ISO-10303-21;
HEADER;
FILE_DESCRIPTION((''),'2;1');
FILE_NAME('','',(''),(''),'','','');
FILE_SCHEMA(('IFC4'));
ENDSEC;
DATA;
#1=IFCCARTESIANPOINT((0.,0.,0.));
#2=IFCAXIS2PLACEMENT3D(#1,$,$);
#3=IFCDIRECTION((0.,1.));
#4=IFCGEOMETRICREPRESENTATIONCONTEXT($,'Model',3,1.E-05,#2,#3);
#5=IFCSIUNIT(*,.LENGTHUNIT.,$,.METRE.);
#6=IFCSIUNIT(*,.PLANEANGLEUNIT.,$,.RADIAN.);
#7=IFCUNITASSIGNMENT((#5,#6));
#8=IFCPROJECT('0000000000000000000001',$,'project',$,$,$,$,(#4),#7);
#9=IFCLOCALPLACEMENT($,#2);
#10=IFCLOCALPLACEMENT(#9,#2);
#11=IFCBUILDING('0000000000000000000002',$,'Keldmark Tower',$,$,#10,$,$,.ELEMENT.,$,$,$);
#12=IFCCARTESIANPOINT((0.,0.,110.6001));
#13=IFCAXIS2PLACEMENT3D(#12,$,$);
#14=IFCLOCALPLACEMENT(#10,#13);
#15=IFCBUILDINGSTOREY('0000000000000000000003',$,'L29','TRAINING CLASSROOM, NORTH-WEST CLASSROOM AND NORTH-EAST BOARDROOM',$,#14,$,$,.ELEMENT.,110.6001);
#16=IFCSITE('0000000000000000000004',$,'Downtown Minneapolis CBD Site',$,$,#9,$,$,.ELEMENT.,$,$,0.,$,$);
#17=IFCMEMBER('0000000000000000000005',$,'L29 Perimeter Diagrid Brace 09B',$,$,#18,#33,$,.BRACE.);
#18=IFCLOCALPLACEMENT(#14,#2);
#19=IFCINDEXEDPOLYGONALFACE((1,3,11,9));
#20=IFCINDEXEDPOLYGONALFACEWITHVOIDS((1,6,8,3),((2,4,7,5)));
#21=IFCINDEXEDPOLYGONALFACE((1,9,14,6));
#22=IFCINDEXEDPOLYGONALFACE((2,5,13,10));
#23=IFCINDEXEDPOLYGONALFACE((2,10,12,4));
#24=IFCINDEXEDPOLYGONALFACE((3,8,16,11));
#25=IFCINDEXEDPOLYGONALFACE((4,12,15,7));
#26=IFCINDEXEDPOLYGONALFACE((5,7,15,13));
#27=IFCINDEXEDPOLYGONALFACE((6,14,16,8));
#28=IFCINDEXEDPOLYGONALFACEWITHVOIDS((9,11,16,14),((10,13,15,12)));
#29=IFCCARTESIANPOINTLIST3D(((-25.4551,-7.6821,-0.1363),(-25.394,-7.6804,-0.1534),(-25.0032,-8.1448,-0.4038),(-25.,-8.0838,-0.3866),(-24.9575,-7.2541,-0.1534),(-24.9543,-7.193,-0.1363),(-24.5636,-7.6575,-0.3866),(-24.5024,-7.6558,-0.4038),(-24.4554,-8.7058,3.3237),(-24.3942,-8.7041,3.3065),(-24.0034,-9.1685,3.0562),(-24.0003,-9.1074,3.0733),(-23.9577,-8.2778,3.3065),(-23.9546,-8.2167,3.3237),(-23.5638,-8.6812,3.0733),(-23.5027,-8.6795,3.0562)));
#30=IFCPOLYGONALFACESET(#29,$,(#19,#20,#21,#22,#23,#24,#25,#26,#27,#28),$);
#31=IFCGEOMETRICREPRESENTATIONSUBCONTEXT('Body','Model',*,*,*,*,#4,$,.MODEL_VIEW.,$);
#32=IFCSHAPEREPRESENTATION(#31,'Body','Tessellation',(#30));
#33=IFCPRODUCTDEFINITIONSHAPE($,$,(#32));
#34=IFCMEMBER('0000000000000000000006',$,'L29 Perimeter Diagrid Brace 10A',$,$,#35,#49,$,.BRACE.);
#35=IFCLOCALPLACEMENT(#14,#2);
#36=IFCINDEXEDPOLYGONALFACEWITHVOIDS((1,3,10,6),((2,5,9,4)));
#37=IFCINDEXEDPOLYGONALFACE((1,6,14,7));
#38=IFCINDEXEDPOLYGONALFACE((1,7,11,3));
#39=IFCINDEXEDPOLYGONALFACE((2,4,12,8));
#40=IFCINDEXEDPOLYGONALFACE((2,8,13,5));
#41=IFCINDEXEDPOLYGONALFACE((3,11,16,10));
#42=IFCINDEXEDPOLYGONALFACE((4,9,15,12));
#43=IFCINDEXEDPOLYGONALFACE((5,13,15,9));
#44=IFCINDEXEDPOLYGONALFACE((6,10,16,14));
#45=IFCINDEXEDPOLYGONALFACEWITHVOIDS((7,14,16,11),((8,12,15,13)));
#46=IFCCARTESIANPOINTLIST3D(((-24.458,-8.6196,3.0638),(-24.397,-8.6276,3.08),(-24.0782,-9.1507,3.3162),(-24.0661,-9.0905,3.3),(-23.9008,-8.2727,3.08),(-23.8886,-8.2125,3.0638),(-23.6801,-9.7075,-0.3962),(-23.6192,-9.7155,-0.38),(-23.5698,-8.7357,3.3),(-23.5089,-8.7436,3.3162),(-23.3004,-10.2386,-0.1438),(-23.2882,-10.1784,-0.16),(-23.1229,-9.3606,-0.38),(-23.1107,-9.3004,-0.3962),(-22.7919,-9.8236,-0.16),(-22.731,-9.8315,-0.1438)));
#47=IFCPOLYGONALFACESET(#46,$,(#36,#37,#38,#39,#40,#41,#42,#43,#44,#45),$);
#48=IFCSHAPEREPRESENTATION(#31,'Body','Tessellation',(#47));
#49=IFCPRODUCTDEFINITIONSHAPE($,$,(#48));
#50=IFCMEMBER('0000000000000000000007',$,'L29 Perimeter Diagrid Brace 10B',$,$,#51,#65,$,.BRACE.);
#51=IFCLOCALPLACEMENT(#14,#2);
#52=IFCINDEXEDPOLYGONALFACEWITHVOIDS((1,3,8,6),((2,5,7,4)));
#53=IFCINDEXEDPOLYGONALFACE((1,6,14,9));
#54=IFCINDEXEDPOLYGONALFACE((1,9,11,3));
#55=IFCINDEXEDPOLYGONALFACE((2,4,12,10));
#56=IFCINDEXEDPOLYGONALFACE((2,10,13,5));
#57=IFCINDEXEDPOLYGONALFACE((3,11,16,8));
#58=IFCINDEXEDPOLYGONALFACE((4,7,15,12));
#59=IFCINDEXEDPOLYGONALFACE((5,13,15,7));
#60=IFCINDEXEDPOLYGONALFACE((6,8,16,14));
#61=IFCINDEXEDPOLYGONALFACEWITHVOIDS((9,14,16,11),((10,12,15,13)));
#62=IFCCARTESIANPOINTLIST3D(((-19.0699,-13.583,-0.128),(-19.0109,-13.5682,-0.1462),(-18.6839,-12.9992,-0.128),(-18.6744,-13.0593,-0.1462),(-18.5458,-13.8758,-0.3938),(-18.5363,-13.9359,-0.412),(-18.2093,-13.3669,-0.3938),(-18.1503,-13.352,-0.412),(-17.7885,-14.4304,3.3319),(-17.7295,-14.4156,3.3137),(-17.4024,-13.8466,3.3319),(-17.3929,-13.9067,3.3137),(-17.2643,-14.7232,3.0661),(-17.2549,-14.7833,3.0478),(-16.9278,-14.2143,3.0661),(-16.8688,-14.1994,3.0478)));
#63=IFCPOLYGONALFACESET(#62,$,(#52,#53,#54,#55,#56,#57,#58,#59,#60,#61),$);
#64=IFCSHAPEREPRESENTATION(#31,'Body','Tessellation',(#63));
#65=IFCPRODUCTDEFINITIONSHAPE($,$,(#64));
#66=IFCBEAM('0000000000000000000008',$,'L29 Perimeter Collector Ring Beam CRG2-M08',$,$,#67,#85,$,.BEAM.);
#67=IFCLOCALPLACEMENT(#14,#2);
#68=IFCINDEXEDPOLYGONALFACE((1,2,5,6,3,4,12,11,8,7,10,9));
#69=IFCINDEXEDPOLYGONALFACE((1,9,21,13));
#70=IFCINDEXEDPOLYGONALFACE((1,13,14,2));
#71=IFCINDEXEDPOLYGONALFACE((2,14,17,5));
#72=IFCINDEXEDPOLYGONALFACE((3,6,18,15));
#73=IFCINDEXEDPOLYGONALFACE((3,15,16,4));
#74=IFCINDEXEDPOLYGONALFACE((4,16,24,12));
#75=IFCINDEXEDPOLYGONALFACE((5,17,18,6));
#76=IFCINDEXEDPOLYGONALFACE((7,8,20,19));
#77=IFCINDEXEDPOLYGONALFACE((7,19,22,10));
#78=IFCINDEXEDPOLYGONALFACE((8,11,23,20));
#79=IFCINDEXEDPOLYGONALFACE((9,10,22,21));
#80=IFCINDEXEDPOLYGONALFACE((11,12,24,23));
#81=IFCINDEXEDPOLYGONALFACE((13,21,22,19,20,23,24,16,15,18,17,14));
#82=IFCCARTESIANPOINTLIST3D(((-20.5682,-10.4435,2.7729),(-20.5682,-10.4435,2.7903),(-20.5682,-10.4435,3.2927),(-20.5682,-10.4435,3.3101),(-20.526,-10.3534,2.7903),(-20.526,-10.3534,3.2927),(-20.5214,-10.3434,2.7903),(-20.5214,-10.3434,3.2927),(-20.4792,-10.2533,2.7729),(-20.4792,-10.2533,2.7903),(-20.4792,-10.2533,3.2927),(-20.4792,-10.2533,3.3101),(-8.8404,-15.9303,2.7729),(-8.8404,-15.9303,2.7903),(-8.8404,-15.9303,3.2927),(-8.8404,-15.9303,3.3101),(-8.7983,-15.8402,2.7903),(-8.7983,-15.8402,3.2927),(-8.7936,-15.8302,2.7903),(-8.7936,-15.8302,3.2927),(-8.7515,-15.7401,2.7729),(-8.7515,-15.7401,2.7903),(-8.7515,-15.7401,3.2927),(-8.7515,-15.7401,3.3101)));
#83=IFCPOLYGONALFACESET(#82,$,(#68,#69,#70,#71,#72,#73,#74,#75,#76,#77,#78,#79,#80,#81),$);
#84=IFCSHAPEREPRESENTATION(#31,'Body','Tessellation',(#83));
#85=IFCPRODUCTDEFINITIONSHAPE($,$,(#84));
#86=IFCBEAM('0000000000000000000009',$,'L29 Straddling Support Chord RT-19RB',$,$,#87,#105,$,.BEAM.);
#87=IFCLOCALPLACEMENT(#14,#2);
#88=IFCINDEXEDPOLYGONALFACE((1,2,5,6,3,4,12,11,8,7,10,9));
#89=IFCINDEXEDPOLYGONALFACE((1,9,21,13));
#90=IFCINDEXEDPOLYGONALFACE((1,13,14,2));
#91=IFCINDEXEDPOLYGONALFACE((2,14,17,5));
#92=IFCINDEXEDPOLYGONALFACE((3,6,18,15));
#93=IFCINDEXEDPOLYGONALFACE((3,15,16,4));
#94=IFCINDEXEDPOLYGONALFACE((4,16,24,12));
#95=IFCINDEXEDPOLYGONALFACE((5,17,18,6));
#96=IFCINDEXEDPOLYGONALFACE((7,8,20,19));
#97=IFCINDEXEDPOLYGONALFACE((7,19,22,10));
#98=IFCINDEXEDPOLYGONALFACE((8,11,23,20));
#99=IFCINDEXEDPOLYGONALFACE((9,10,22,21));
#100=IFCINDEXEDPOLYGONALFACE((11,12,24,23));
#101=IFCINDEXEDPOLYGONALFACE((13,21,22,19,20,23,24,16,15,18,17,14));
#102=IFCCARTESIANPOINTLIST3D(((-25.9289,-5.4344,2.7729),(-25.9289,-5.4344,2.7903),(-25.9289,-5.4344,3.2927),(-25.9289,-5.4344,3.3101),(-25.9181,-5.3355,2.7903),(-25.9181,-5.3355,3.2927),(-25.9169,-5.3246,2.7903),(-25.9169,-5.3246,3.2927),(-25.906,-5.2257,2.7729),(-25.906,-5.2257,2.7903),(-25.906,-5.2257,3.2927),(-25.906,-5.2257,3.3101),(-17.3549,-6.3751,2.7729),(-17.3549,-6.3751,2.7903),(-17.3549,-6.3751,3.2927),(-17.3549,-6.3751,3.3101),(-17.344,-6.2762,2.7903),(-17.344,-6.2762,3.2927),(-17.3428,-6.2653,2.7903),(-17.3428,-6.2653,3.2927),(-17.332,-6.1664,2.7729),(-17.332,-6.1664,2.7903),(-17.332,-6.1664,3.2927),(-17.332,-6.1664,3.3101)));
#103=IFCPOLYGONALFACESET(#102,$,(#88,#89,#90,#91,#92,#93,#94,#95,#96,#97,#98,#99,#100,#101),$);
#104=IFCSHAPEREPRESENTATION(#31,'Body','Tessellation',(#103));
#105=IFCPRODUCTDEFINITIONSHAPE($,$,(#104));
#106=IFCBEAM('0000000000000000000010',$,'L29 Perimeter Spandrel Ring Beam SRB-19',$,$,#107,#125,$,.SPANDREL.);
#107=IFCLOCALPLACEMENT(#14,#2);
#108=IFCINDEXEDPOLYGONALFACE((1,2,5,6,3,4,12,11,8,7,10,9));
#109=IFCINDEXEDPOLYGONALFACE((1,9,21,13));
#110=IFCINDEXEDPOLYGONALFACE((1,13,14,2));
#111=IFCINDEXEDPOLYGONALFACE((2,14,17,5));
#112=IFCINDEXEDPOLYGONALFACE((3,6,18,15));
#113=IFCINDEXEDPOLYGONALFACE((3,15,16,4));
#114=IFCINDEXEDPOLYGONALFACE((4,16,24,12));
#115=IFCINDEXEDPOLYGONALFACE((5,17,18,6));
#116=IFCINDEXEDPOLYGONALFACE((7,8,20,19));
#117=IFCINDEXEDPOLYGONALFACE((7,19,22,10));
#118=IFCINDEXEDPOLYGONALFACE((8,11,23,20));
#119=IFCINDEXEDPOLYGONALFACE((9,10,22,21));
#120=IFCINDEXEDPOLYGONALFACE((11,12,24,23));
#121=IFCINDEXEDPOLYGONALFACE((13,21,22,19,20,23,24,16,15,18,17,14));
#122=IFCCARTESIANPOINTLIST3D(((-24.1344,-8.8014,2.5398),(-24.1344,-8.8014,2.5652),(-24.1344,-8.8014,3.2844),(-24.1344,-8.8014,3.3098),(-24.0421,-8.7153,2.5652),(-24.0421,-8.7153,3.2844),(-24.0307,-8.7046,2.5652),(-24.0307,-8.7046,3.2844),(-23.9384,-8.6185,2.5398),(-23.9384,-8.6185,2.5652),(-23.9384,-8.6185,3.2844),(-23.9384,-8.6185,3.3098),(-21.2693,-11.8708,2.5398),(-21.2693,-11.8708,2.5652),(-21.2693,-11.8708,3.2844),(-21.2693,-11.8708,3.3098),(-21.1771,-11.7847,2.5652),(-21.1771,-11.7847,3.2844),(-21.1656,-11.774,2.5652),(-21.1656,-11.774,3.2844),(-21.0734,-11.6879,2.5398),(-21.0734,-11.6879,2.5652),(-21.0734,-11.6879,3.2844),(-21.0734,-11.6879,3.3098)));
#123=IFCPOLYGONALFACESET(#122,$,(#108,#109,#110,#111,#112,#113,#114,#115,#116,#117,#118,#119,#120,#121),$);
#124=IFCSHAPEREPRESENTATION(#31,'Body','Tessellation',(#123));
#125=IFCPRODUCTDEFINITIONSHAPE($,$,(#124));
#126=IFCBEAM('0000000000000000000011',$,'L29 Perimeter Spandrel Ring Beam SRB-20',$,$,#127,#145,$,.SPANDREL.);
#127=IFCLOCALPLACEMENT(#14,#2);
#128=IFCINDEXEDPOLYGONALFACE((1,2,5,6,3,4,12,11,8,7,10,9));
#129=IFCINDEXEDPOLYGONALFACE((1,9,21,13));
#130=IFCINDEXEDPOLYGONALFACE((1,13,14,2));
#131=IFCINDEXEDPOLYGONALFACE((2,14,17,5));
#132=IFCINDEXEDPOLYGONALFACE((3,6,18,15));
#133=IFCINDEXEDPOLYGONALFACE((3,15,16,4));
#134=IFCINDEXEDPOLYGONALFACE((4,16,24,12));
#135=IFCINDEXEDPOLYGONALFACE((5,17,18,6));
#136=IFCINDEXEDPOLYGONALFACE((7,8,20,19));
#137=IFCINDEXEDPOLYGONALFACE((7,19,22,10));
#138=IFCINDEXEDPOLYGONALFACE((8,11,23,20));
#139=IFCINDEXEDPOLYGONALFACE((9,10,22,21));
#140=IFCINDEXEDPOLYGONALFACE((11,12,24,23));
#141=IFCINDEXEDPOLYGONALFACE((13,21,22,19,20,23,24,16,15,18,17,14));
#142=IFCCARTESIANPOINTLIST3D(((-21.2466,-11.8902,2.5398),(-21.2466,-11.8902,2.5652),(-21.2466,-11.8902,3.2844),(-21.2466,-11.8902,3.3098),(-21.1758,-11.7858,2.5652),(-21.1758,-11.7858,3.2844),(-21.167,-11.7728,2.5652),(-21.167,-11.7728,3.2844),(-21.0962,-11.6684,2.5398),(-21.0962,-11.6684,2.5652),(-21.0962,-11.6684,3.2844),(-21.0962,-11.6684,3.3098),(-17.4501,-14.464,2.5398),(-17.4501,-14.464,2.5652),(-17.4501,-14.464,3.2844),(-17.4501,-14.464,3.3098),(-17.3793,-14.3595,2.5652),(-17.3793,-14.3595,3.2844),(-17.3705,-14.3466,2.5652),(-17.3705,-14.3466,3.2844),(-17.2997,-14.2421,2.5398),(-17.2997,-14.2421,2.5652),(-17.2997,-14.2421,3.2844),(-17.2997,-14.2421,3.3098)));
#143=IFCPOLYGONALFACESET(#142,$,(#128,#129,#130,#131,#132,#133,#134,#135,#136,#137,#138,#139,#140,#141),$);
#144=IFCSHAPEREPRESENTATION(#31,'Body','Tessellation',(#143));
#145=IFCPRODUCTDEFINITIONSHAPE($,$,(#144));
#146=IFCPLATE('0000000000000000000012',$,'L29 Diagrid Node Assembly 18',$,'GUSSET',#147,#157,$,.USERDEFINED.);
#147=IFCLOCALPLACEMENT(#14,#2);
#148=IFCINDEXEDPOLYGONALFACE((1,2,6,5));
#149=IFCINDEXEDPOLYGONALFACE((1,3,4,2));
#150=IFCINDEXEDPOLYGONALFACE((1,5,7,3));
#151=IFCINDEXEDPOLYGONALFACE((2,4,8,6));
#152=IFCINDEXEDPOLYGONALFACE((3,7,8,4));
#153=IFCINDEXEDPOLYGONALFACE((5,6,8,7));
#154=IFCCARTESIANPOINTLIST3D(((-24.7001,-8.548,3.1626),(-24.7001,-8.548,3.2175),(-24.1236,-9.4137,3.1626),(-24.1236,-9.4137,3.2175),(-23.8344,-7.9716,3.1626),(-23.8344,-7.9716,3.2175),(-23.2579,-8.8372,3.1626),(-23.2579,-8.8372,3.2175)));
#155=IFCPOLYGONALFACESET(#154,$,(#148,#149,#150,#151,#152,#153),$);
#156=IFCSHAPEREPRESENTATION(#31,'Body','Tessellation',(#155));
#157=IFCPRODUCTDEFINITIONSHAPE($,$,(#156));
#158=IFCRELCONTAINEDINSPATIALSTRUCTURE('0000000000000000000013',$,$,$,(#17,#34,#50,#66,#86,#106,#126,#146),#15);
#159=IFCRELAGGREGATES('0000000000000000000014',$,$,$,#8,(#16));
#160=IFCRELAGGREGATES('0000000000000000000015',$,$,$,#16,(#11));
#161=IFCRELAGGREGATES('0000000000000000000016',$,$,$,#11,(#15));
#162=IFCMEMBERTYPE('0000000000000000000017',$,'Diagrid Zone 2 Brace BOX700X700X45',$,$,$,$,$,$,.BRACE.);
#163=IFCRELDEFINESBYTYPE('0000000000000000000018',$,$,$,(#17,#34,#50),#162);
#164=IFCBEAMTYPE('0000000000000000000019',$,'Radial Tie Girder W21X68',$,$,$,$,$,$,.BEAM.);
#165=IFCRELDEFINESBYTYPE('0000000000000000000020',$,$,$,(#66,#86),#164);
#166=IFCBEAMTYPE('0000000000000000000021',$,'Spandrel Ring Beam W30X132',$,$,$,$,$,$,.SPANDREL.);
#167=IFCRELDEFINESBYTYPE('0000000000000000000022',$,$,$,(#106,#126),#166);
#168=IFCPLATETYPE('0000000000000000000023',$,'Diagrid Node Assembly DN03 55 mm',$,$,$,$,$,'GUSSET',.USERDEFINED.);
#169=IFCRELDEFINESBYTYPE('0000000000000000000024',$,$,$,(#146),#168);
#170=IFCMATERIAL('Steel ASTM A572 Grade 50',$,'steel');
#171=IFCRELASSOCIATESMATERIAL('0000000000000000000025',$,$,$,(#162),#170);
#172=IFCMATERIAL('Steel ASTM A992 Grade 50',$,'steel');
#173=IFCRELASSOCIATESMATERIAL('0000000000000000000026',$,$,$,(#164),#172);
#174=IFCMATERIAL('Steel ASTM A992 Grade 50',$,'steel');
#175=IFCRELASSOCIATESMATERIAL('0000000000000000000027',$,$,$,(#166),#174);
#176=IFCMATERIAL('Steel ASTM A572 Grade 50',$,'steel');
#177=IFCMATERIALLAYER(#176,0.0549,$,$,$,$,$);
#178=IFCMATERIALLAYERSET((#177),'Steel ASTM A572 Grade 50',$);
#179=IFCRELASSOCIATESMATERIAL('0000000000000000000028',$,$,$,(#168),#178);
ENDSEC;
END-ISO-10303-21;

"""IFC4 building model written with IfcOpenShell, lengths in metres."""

from ifc_helpers import new_model, si_unit, direction, frame, origin, origin_2d, place, context, subcontext, project, spatial, rectangle, hollow_rectangle, i_section, extrude, material, layer, layer_set, material_profile, profile_set, type_object, element, save


model = new_model("IFC4")

# Units and contexts
model_context = context("Model", 3, precision=1e-05, world=origin(), true_north=direction((0.0, 1.0)))
body_context = subcontext(model_context, "Body", "Model", "MODEL_VIEW")
ifc_project = project(units=[si_unit("LENGTHUNIT", "METRE"), si_unit("PLANEANGLEUNIT", "RADIAN")], contexts=[model_context])

# Site, building, storey
site_placement = place(None, origin())
site = spatial("IfcSite", under=ifc_project, at=site_placement, Name="Downtown Minneapolis CBD Site", CompositionType="ELEMENT", RefElevation=0.0)
building_placement = place(site_placement, origin())
building = spatial("IfcBuilding", under=site, at=building_placement, Name="Keldmark Tower", CompositionType="ELEMENT")
storey_placement = place(building_placement, frame((0.0, 0.0, 110.6001)))
storey = spatial("IfcBuildingStorey", under=building, at=storey_placement, Name="L29", Description="TRAINING CLASSROOM, NORTH-WEST CLASSROOM AND NORTH-EAST BOARDROOM", CompositionType="ELEMENT", Elevation=110.6001)

# Members
ifc_material_1 = material(Name="Steel ASTM A572 Grade 50", Category="steel")
ifc_material_profile_1 = material_profile(ifc_material_1, hollow_rectangle(XDim=0.7, YDim=0.7, WallThickness=0.0449, at=origin_2d()), Name="BOX700X700X45")
ifc_profile_set_1 = profile_set([ifc_material_profile_1], Name="Steel ASTM A572 Grade 50")
member_type = type_object("IfcMemberType", Name="Diagrid Zone 2 Brace BOX700X700X45", PredefinedType="BRACE", material=ifc_profile_set_1)
member_1_placement = place(storey_placement, frame((-24.9788, -7.6689, -0.27), z_axis=(0.267017, -0.273407, 0.924094), x_axis=(0.715418, 0.698697, 0.0)))
element("IfcMember", 1, at=member_1_placement, inside=storey, type_object=member_type, Name="L29 Perimeter Diagrid Brace 09B", PredefinedType="BRACE", context=body_context, shape_type="SweptSolid", body=[
    extrude(hollow_rectangle(XDim=0.7, YDim=0.7, WallThickness=0.0449, at=origin_2d()), origin(), (0.0, 0.0, 1.0), 3.7441),
])
member_2_placement = place(storey_placement, frame((-23.2056, -9.7695, -0.27), z_axis=(-0.209691, 0.293277, 0.932748), x_axis=(-0.813462, -0.581618, 0.0)))
element("IfcMember", 2, at=member_2_placement, inside=storey, type_object=member_type, Name="L29 Perimeter Diagrid Brace 10A", PredefinedType="BRACE", context=body_context, shape_type="SweptSolid", body=[
    extrude(hollow_rectangle(XDim=0.7, YDim=0.7, WallThickness=0.0449, at=origin_2d()), origin(), (0.0, 0.0, 1.0), 3.7095),
])
member_3_placement = place(storey_placement, frame((-18.6101, -13.4675, -0.27), z_axis=(0.338508, -0.223844, 0.913951), x_axis=(0.551579, 0.834123, 0.0)))
element("IfcMember", 3, at=member_3_placement, inside=storey, type_object=member_type, Name="L29 Perimeter Diagrid Brace 10B", PredefinedType="BRACE", context=body_context, shape_type="SweptSolid", body=[
    extrude(hollow_rectangle(XDim=0.7, YDim=0.7, WallThickness=0.0449, at=origin_2d()), origin(), (0.0, 0.0, 1.0), 3.7856),
])

# Beams
ifc_material_2 = material(Name="Steel ASTM A992 Grade 50", Category="steel")
ifc_material_profile_2 = material_profile(ifc_material_2, i_section(OverallWidth=0.21, OverallDepth=0.5371, WebThickness=0.011, FlangeThickness=0.0173, at=origin_2d()), Name="W21X68")
ifc_profile_set_2 = profile_set([ifc_material_profile_2], Name="Steel ASTM A992 Grade 50")
beam_type_1 = type_object("IfcBeamType", Name="Radial Tie Girder W21X68", PredefinedType="BEAM", material=ifc_profile_set_2)
beam_1_placement = place(storey_placement, frame((-20.5237, -10.3484, 3.0415), z_axis=(0.905773, -0.423764, 0.0), x_axis=(0.423764, 0.905773, 0.0)))
element("IfcBeam", 4, at=beam_1_placement, inside=storey, type_object=beam_type_1, Name="L29 Perimeter Collector Ring Beam CRG2-M08", PredefinedType="BEAM", context=body_context, shape_type="SweptSolid", body=[
    extrude(i_section(OverallWidth=0.21, OverallDepth=0.5371, WebThickness=0.011, FlangeThickness=0.0173, at=origin_2d()), origin(), (0.0, 0.0, 1.0), 12.9478),
])
beam_2_placement = place(storey_placement, frame((-25.9175, -5.3301, 3.0415), z_axis=(0.994035, -0.109058, 0.0), x_axis=(0.109058, 0.994035, 0.0)))
element("IfcBeam", 5, at=beam_2_placement, inside=storey, type_object=beam_type_1, Name="L29 Straddling Support Chord RT-19RB", PredefinedType="BEAM", context=body_context, shape_type="SweptSolid", body=[
    extrude(i_section(OverallWidth=0.21, OverallDepth=0.5371, WebThickness=0.011, FlangeThickness=0.0173, at=origin_2d()), origin(), (0.0, 0.0, 1.0), 8.6255),
])
ifc_material_3 = material(Name="Steel ASTM A992 Grade 50", Category="steel")
ifc_material_profile_3 = material_profile(ifc_material_3, i_section(OverallWidth=0.2681, OverallDepth=0.77, WebThickness=0.0156, FlangeThickness=0.0254, at=origin_2d()), Name="W30X132")
ifc_profile_set_3 = profile_set([ifc_material_profile_3], Name="Steel ASTM A992 Grade 50")
beam_type_2 = type_object("IfcBeamType", Name="Spandrel Ring Beam W30X132", PredefinedType="SPANDREL", material=ifc_profile_set_3)
beam_3_placement = place(storey_placement, frame((-24.0364, -8.71, 2.9248), z_axis=(0.682353, -0.731022, 0.0), x_axis=(0.731022, 0.682353, 0.0)))
element("IfcBeam", 6, at=beam_3_placement, inside=storey, type_object=beam_type_2, Name="L29 Perimeter Spandrel Ring Beam SRB-19", PredefinedType="SPANDREL", context=body_context, shape_type="SweptSolid", body=[
    extrude(i_section(OverallWidth=0.2681, OverallDepth=0.77, WebThickness=0.0156, FlangeThickness=0.0254, at=origin_2d()), origin(), (0.0, 0.0, 1.0), 4.1987),
])
beam_4_placement = place(storey_placement, frame((-21.1714, -11.7793, 2.9248), z_axis=(0.827718, -0.561145, 0.0), x_axis=(0.561145, 0.827718, 0.0)))
element("IfcBeam", 7, at=beam_4_placement, inside=storey, type_object=beam_type_2, Name="L29 Perimeter Spandrel Ring Beam SRB-20", PredefinedType="SPANDREL", context=body_context, shape_type="SweptSolid", body=[
    extrude(i_section(OverallWidth=0.2681, OverallDepth=0.77, WebThickness=0.0156, FlangeThickness=0.0254, at=origin_2d()), origin(), (0.0, 0.0, 1.0), 4.5867),
])

# Plate
ifc_material_4 = material(Name="Steel ASTM A572 Grade 50", Category="steel")
ifc_layer_1 = layer(ifc_material_4, 0.0549)
ifc_layer_set_1 = layer_set([ifc_layer_1], Name="Steel ASTM A572 Grade 50")
plate_type = type_object("IfcPlateType", Name="Diagrid Node Assembly DN03 55 mm", ElementType="GUSSET", PredefinedType="USERDEFINED", material=ifc_layer_set_1)
plate_placement = place(storey_placement, frame((-23.979, -8.6926, 3.1626), z_axis=(0.0, 0.0, 1.0), x_axis=(0.554263, -0.832341, 0.0)))
element("IfcPlate", 8, at=plate_placement, inside=storey, type_object=plate_type, Name="L29 Diagrid Node Assembly 18", ObjectType="GUSSET", PredefinedType="USERDEFINED", context=body_context, shape_type="SweptSolid", body=[
    extrude(rectangle(XDim=1.04, YDim=1.04, at=origin_2d()), origin(), (0.0, 0.0, 1.0), 0.0549),
])

save(model, "model.ifc")
